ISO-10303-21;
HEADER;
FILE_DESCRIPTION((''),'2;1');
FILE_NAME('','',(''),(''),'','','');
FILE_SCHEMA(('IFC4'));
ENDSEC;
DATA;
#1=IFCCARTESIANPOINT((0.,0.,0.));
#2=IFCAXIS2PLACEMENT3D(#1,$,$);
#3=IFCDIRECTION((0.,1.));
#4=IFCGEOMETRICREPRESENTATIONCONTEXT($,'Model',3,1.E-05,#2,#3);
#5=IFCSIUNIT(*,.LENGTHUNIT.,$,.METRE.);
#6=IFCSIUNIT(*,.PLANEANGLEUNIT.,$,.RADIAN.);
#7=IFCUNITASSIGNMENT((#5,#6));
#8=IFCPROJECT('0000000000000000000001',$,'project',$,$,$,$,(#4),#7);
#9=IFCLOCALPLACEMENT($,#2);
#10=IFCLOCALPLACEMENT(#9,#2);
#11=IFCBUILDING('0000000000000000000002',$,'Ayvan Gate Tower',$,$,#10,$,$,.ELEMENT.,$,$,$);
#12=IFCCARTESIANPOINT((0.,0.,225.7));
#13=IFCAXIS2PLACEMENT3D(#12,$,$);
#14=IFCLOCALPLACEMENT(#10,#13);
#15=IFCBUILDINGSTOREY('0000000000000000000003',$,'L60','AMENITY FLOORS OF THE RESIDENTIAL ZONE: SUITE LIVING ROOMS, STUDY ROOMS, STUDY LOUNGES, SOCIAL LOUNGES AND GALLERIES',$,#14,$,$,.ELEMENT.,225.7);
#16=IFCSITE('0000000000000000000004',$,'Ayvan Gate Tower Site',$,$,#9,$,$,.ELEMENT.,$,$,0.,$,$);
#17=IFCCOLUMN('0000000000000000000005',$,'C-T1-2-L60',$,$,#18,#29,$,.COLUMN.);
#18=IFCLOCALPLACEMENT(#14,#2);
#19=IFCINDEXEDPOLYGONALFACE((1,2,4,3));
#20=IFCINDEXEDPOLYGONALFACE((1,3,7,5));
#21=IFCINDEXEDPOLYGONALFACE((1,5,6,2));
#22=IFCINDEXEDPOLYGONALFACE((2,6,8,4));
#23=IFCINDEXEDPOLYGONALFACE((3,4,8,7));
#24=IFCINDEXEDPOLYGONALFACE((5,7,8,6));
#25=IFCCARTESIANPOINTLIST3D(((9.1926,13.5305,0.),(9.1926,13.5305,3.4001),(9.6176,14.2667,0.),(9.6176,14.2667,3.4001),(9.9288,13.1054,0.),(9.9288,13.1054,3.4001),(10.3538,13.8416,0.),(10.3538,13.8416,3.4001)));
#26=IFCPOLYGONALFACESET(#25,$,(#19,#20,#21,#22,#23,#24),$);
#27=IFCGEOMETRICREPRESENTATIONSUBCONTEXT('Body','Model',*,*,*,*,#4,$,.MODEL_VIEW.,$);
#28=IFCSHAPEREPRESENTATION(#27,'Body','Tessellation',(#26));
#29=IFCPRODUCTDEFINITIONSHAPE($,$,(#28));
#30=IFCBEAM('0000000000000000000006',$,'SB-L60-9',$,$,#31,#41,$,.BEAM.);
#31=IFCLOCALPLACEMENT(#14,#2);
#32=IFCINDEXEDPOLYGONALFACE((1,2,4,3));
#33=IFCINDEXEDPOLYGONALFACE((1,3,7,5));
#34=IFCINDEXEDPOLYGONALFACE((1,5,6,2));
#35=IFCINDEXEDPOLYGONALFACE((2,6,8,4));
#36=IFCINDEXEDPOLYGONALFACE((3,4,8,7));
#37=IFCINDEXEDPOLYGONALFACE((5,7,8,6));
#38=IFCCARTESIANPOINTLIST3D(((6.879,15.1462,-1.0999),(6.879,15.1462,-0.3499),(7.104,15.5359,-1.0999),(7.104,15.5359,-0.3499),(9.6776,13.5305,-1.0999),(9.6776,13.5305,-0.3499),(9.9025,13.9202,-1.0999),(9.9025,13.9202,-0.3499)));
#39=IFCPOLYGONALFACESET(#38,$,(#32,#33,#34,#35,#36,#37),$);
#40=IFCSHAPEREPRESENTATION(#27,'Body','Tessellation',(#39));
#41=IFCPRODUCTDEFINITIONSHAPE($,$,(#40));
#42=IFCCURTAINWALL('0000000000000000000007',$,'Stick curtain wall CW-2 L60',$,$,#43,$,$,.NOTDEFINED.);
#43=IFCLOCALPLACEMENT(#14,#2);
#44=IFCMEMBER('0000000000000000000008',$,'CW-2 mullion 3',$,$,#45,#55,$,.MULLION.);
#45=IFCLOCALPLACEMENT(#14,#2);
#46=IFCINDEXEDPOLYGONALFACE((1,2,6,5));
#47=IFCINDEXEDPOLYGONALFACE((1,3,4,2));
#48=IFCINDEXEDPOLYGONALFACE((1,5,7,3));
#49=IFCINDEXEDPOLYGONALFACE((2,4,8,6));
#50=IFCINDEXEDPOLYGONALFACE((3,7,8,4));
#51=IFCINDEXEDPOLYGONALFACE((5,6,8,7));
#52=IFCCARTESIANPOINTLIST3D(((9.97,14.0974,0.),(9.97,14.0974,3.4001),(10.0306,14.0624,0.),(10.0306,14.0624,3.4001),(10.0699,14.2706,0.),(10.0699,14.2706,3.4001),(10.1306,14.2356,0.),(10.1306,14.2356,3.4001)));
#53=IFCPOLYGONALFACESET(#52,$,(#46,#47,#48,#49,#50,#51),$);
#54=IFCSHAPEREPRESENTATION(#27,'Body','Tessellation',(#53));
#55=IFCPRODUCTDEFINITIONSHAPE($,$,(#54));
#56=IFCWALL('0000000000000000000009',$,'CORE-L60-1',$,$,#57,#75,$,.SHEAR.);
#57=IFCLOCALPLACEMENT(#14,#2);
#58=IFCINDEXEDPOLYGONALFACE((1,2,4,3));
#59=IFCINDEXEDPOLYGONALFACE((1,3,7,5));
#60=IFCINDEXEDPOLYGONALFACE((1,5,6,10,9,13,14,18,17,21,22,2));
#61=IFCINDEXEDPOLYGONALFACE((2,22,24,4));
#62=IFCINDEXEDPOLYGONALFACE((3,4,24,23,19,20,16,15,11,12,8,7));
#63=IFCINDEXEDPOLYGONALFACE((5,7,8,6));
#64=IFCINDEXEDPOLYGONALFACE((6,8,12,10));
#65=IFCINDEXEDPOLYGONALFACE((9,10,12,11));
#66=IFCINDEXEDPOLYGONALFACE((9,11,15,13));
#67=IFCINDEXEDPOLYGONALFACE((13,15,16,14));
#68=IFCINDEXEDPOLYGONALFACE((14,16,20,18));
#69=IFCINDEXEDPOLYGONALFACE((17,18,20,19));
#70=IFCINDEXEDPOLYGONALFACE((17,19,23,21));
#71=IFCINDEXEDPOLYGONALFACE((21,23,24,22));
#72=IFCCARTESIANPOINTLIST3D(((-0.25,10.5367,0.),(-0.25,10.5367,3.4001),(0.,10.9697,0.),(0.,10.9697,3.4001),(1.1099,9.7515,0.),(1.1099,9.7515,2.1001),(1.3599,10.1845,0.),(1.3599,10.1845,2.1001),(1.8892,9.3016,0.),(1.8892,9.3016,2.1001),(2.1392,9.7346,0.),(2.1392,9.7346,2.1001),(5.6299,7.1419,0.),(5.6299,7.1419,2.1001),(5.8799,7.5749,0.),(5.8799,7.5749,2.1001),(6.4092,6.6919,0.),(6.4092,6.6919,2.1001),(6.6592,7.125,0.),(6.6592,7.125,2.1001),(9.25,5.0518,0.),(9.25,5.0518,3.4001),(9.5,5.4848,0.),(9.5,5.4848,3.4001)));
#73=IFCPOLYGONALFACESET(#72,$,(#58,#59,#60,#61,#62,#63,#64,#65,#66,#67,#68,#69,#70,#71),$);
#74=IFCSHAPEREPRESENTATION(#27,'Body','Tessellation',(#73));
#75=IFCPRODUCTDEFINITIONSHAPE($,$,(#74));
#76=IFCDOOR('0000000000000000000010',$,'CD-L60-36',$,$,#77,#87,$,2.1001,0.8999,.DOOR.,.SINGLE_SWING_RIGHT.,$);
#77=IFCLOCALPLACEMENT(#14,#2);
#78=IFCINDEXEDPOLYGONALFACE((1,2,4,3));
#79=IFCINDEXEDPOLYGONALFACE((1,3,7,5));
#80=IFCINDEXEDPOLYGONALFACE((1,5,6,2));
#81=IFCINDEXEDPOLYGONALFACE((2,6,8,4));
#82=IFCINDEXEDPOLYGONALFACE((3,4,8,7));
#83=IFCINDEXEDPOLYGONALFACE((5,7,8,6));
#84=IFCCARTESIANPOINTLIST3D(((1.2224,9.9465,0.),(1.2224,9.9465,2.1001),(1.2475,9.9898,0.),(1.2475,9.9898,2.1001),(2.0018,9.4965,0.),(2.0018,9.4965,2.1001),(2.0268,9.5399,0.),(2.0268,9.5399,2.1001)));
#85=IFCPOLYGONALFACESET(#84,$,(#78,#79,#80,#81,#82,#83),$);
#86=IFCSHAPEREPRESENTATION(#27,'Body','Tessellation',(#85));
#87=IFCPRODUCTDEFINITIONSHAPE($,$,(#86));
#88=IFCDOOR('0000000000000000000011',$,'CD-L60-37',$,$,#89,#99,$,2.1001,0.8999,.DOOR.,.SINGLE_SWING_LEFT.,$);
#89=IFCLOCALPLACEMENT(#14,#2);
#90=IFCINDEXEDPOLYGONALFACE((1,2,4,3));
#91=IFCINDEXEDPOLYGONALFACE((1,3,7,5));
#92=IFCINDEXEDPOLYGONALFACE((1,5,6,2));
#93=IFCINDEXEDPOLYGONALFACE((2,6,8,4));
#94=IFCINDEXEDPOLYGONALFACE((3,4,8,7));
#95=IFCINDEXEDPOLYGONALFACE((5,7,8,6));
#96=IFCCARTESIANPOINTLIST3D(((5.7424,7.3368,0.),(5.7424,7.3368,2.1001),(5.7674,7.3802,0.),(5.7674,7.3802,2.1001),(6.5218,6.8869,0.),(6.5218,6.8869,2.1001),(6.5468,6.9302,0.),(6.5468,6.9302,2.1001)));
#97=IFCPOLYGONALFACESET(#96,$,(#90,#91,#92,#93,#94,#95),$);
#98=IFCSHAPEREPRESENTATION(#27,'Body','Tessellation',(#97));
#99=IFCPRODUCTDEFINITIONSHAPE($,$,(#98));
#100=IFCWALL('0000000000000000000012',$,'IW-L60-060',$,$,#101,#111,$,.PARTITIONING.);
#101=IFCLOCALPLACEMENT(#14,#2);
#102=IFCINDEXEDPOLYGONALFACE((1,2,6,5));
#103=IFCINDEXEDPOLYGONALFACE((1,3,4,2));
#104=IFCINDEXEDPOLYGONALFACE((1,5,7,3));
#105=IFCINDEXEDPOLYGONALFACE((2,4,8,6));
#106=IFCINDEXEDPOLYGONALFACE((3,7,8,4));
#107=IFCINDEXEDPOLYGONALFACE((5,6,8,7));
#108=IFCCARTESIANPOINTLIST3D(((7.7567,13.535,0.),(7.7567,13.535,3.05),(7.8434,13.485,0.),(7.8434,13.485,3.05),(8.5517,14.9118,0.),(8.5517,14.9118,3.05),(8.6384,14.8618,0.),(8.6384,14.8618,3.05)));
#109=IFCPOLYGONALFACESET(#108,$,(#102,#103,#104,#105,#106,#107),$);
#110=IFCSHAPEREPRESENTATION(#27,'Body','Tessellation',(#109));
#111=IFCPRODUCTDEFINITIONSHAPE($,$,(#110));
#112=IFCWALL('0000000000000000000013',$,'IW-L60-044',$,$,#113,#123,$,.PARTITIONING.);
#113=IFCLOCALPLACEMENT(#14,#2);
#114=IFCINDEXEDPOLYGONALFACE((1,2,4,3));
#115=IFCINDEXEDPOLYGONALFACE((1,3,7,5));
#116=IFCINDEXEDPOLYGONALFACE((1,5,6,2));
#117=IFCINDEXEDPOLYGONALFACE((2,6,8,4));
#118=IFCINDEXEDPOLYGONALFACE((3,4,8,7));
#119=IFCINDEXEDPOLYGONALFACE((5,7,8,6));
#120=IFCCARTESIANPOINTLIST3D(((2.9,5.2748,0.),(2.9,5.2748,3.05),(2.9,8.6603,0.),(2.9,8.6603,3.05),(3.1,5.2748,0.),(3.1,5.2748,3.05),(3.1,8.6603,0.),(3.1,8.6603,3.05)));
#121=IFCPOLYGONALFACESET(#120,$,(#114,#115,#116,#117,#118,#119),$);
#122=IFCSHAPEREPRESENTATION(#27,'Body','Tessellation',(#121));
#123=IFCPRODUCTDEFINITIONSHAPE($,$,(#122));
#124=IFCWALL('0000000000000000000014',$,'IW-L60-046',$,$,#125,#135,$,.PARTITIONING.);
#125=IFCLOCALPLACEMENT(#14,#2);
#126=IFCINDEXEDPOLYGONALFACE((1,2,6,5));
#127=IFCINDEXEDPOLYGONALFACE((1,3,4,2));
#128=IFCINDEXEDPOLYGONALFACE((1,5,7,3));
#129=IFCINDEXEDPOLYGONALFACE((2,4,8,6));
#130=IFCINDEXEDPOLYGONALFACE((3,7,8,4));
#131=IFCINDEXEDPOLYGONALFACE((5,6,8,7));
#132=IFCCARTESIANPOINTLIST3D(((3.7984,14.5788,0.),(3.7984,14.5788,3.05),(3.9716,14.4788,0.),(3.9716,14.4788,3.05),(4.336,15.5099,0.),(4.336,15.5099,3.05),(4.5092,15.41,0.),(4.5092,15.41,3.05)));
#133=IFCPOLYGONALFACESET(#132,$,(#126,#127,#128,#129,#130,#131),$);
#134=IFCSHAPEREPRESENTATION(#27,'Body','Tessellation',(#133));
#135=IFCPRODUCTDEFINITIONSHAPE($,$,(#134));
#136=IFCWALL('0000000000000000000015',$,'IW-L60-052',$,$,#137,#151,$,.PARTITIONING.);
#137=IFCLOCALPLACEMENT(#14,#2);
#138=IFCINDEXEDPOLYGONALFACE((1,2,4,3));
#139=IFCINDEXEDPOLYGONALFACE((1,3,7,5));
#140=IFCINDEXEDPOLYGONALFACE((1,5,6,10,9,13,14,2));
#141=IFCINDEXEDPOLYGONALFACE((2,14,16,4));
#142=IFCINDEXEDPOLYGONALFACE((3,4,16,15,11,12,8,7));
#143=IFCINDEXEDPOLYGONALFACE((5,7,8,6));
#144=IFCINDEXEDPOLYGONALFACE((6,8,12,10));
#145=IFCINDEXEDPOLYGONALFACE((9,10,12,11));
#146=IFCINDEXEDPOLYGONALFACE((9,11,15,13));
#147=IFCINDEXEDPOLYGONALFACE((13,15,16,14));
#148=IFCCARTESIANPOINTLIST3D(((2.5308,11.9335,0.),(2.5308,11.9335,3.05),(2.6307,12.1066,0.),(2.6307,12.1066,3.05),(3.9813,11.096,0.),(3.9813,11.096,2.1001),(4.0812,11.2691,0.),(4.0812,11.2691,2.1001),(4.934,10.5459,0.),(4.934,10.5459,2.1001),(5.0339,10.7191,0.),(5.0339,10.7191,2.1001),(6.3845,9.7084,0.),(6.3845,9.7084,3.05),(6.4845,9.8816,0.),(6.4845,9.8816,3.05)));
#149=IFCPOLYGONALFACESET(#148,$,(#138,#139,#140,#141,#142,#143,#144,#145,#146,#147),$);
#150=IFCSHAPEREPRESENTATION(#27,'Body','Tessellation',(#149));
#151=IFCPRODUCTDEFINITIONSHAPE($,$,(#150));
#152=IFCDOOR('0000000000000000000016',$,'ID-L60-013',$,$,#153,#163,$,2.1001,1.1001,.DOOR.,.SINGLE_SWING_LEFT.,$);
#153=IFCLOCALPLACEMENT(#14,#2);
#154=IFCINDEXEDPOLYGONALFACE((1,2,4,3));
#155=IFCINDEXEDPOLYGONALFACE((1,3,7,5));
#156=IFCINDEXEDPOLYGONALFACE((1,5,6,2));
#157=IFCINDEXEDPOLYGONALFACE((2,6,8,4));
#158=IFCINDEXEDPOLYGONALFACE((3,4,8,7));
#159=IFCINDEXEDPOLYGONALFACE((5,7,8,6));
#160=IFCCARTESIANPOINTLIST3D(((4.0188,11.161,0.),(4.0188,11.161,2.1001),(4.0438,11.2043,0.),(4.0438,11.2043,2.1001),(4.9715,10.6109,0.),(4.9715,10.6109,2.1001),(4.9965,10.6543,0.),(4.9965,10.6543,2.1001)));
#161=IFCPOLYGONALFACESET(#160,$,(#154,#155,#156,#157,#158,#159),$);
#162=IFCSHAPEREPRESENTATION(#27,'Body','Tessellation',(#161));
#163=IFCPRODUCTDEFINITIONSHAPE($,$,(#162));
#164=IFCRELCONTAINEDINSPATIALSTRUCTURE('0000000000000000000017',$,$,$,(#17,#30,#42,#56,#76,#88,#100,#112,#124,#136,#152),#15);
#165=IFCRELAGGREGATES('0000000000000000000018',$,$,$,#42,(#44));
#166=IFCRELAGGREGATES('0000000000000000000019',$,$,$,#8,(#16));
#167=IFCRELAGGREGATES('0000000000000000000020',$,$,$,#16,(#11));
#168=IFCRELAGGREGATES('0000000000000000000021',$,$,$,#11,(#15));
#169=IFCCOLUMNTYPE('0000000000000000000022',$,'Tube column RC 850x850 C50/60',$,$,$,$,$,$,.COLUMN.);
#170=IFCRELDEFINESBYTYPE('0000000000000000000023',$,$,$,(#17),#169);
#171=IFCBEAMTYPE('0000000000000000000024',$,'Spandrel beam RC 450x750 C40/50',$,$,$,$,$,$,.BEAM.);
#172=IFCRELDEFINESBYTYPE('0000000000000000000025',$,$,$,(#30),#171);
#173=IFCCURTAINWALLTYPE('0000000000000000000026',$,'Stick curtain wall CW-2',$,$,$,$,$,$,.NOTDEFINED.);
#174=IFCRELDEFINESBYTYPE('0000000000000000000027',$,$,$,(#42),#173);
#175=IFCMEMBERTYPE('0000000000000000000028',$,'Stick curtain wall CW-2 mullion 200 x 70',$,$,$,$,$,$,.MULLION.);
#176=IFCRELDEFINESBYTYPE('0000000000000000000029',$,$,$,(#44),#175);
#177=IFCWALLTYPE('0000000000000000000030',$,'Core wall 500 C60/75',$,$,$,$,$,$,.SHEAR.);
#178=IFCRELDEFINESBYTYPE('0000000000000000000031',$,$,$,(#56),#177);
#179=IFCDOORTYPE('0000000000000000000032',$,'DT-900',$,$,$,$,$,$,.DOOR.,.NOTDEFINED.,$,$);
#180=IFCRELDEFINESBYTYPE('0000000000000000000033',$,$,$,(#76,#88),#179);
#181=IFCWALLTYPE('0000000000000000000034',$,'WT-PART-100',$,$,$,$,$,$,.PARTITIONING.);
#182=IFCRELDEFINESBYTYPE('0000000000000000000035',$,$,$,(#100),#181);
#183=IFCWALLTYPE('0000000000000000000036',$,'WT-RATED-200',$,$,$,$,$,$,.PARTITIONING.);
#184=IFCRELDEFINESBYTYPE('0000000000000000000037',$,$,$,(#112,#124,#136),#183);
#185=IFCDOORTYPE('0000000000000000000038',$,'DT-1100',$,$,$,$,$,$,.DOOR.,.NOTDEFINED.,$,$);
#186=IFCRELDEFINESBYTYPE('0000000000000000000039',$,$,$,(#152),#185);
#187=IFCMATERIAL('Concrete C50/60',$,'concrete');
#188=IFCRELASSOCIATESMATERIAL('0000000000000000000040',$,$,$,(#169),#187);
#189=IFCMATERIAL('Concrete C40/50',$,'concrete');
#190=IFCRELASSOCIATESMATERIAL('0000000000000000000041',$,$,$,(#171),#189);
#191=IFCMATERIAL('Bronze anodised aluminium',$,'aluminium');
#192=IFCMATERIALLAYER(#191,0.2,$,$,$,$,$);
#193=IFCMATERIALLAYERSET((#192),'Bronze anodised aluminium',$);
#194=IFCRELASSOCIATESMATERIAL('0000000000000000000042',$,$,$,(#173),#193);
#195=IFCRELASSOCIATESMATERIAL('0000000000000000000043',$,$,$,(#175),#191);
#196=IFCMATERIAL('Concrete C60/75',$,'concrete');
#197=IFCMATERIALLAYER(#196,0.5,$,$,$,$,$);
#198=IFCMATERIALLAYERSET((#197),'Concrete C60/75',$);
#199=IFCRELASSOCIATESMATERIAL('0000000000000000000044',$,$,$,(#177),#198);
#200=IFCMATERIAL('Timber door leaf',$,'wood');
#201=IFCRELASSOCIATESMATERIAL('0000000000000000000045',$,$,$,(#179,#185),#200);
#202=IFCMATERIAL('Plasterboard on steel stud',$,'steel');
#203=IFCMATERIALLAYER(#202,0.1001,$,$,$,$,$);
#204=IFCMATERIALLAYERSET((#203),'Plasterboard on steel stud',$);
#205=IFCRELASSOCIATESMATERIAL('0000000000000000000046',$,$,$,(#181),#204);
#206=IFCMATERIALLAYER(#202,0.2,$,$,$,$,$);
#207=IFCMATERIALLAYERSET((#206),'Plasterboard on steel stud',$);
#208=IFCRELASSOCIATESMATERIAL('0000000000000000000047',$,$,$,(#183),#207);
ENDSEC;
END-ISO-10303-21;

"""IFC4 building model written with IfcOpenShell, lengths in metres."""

from ifc_helpers import new_model, si_unit, direction, frame, frame_2d, origin, origin_2d, place, context, subcontext, project, spatial, rectangle, extrude, material, layer, layer_set, material_profile, profile_set, type_object, element, fill, aggregate, save


model = new_model("IFC4")

# Units and contexts
model_context = context("Model", 3, precision=1e-05, world=origin(), true_north=direction((0.0, 1.0)))
body_context = subcontext(model_context, "Body", "Model", "MODEL_VIEW")
ifc_project = project(units=[si_unit("LENGTHUNIT", "METRE"), si_unit("PLANEANGLEUNIT", "RADIAN")], contexts=[model_context])

# Site, building, storey
site_placement = place(None, origin())
site = spatial("IfcSite", under=ifc_project, at=site_placement, Name="Ayvan Gate Tower Site", CompositionType="ELEMENT", RefElevation=0.0)
building_placement = place(site_placement, origin())
building = spatial("IfcBuilding", under=site, at=building_placement, Name="Ayvan Gate Tower", CompositionType="ELEMENT")
storey_placement = place(building_placement, frame((0.0, 0.0, 225.7)))
storey = spatial("IfcBuildingStorey", under=building, at=storey_placement, Name="L60", Description="AMENITY FLOORS OF THE RESIDENTIAL ZONE: SUITE LIVING ROOMS, STUDY ROOMS, STUDY LOUNGES, SOCIAL LOUNGES AND GALLERIES", CompositionType="ELEMENT", Elevation=225.7)

# Column
ifc_material_1 = material(Name="Concrete C50/60", Category="concrete")
ifc_material_profile_1 = material_profile(ifc_material_1, rectangle(XDim=0.8501, YDim=0.8501, at=origin_2d()), Name="RC 850x850")
ifc_profile_set_1 = profile_set([ifc_material_profile_1], Name="Concrete C50/60")
column_type = type_object("IfcColumnType", Name="Tube column RC 850x850 C50/60", PredefinedType="COLUMN", material=ifc_profile_set_1)
column_placement = place(storey_placement, frame((9.7732, 13.686, 0.0), z_axis=(0.0, 0.0, 1.0), x_axis=(0.5, 0.866025, 0.0)))
element("IfcColumn", 1, at=column_placement, inside=storey, type_object=column_type, Name="C-T1-2-L60", PredefinedType="COLUMN", context=body_context, shape_type="SweptSolid", body=[
    extrude(rectangle(XDim=0.8501, YDim=0.8501, at=origin_2d()), origin(), (0.0, 0.0, 1.0), 3.4001),
])

# Beam
ifc_material_2 = material(Name="Concrete C40/50", Category="concrete")
ifc_material_profile_2 = material_profile(ifc_material_2, rectangle(XDim=0.45, YDim=0.75, at=origin_2d()), Name="RC 450x750")
ifc_profile_set_2 = profile_set([ifc_material_profile_2], Name="Concrete C40/50")
beam_type = type_object("IfcBeamType", Name="Spandrel beam RC 450x750 C40/50", PredefinedType="BEAM", material=ifc_profile_set_2)
beam_placement = place(storey_placement, frame((9.79, 13.7253, -0.7249), z_axis=(-0.866031, 0.499991, 0.0), x_axis=(-0.499991, -0.866031, 0.0)))
element("IfcBeam", 2, at=beam_placement, inside=storey, type_object=beam_type, Name="SB-L60-9", PredefinedType="BEAM", context=body_context, shape_type="SweptSolid", body=[
    extrude(rectangle(XDim=0.45, YDim=0.75, at=origin_2d()), origin(), (0.0, 0.0, 1.0), 3.2314),
])

# Curtain wall, member
ifc_material_3 = material(Name="Bronze anodised aluminium", Category="aluminium")
ifc_layer_1 = layer(ifc_material_3, 0.2)
ifc_layer_set_1 = layer_set([ifc_layer_1], Name="Bronze anodised aluminium")
curtain_wall_type = type_object("IfcCurtainWallType", Name="Stick curtain wall CW-2", PredefinedType="NOTDEFINED", material=ifc_layer_set_1)
curtain_wall_placement = place(storey_placement, origin())
curtain_wall = element("IfcCurtainWall", 3, at=curtain_wall_placement, inside=storey, type_object=curtain_wall_type, Name="Stick curtain wall CW-2 L60", PredefinedType="NOTDEFINED")
ifc_material_profile_3 = material_profile(ifc_material_3, rectangle(XDim=0.2, YDim=0.0701, at=origin_2d()), Name="Stick curtain wall CW-2 mullion 200 x 70")
ifc_profile_set_3 = profile_set([ifc_material_profile_3], Name="Bronze anodised aluminium")
member_type = type_object("IfcMemberType", Name="Stick curtain wall CW-2 mullion 200 x 70", PredefinedType="MULLION", material=ifc_profile_set_3)
member_placement = place(storey_placement, frame((10.0503, 14.1665, 0.0), z_axis=(0.0, 0.0, 1.0), x_axis=(0.5, 0.866025, 0.0)))
member = element("IfcMember", 4, at=member_placement, type_object=member_type, Name="CW-2 mullion 3", PredefinedType="MULLION", context=body_context, shape_type="SweptSolid", body=[
    extrude(rectangle(XDim=0.2, YDim=0.0701, at=origin_2d()), origin(), (0.0, 0.0, 1.0), 3.4001),
])
aggregate(curtain_wall, [member])

# Wall, openings, doors
ifc_material_4 = material(Name="Concrete C60/75", Category="concrete")
ifc_layer_2 = layer(ifc_material_4, 0.5)
ifc_layer_set_2 = layer_set([ifc_layer_2], Name="Concrete C60/75")
wall_type_1 = type_object("IfcWallType", Name="Core wall 500 C60/75", PredefinedType="SHEAR", material=ifc_layer_set_2)
wall_1_placement = place(storey_placement, frame((9.375, 5.2683, 0.0), z_axis=(0.0, 0.0, 1.0), x_axis=(-0.866024, 0.500002, 0.0)))
wall_1 = element("IfcWall", 5, at=wall_1_placement, inside=storey, type_object=wall_type_1, Name="CORE-L60-1", PredefinedType="SHEAR", context=body_context, shape_type="SweptSolid", body=[
    extrude(rectangle(XDim=10.9697, YDim=0.5, at=frame_2d((5.4849, 0.0))), origin(), (0.0, 0.0, 1.0), 3.4001),
])
opening_1_placement = place(wall_1_placement, frame((8.4995, 0.0, 0.0)))
opening_1 = element("IfcOpeningElement", 6, at=opening_1_placement, cuts=wall_1, PredefinedType="OPENING", context=body_context, shape_type="SweptSolid", body=[
    extrude(rectangle(XDim=0.8999, YDim=2.1001, at=frame_2d((0.45, 1.05))), frame((0.0, 0.26, 0.0), z_axis=(0.0, -1.0, 0.0), x_axis=(1.0, 0.0, 0.0)), (0.0, 0.0, 1.0), 0.52),
])
opening_2_placement = place(wall_1_placement, frame((3.2803, 0.0, 0.0)))
opening_2 = element("IfcOpeningElement", 7, at=opening_2_placement, cuts=wall_1, PredefinedType="OPENING", context=body_context, shape_type="SweptSolid", body=[
    extrude(rectangle(XDim=0.8999, YDim=2.1001, at=frame_2d((0.45, 1.05))), frame((0.0, 0.26, 0.0), z_axis=(0.0, -1.0, 0.0), x_axis=(1.0, 0.0, 0.0)), (0.0, 0.0, 1.0), 0.52),
])
ifc_material_5 = material(Name="Timber door leaf", Category="wood")
door_type_1 = type_object("IfcDoorType", Name="DT-900", OperationType="NOTDEFINED", PredefinedType="DOOR", material=ifc_material_5)
door_1_placement = place(opening_1_placement, origin())
door_1 = element("IfcDoor", 8, at=door_1_placement, inside=storey, type_object=door_type_1, Name="CD-L60-36", OperationType="SINGLE_SWING_RIGHT", OverallHeight=2.1001, OverallWidth=0.8999, PredefinedType="DOOR", context=body_context, shape_type="SweptSolid", body=[
    extrude(rectangle(XDim=0.8999, YDim=2.1001, at=frame_2d((0.45, 1.05))), frame((0.0, 0.0249, 0.0), z_axis=(0.0, -1.0, 0.0), x_axis=(1.0, 0.0, 0.0)), (0.0, 0.0, 1.0), 0.05),
])
fill(opening_1, door_1)
door_2_placement = place(opening_2_placement, origin())
door_2 = element("IfcDoor", 9, at=door_2_placement, inside=storey, type_object=door_type_1, Name="CD-L60-37", OperationType="SINGLE_SWING_LEFT", OverallHeight=2.1001, OverallWidth=0.8999, PredefinedType="DOOR", context=body_context, shape_type="SweptSolid", body=[
    extrude(rectangle(XDim=0.8999, YDim=2.1001, at=frame_2d((0.45, 1.05))), frame((0.0, 0.0249, 0.0), z_axis=(0.0, -1.0, 0.0), x_axis=(1.0, 0.0, 0.0)), (0.0, 0.0, 1.0), 0.05),
])
fill(opening_2, door_2)

# Walls
ifc_material_6 = material(Name="Plasterboard on steel stud", Category="steel")
ifc_layer_3 = layer(ifc_material_6, 0.1001)
ifc_layer_set_3 = layer_set([ifc_layer_3], Name="Plasterboard on steel stud")
wall_type_2 = type_object("IfcWallType", Name="WT-PART-100", PredefinedType="PARTITIONING", material=ifc_layer_set_3)
wall_2_placement = place(storey_placement, frame((7.8, 13.51, 0.0), z_axis=(0.0, 0.0, 1.0), x_axis=(0.500037, 0.866004, 0.0)))
element("IfcWall", 10, at=wall_2_placement, inside=storey, type_object=wall_type_2, Name="IW-L60-060", PredefinedType="PARTITIONING", context=body_context, shape_type="SweptSolid", body=[
    extrude(rectangle(XDim=1.5898, YDim=0.1001, at=frame_2d((0.7949, 0.0))), origin(), (0.0, 0.0, 1.0), 3.05),
])
ifc_layer_4 = layer(ifc_material_6, 0.2)
ifc_layer_set_4 = layer_set([ifc_layer_4], Name="Plasterboard on steel stud")
wall_type_3 = type_object("IfcWallType", Name="WT-RATED-200", PredefinedType="PARTITIONING", material=ifc_layer_set_4)
wall_3_placement = place(storey_placement, frame((3.0, 8.6604, 0.0), z_axis=(0.0, 0.0, 1.0), x_axis=(0.0, -1.0, 0.0)))
element("IfcWall", 11, at=wall_3_placement, inside=storey, type_object=wall_type_3, Name="IW-L60-044", PredefinedType="PARTITIONING", context=body_context, shape_type="SweptSolid", body=[
    extrude(rectangle(XDim=3.3855, YDim=0.2, at=frame_2d((1.6929, 0.0))), origin(), (0.0, 0.0, 1.0), 3.05),
])
wall_4_placement = place(storey_placement, frame((3.885, 14.5288, 0.0), z_axis=(0.0, 0.0, 1.0), x_axis=(0.499998, 0.866027, 0.0)))
element("IfcWall", 12, at=wall_4_placement, inside=storey, type_object=wall_type_3, Name="IW-L60-046", PredefinedType="PARTITIONING", context=body_context, shape_type="SweptSolid", body=[
    extrude(rectangle(XDim=1.0752, YDim=0.2, at=frame_2d((0.5376, 0.0))), origin(), (0.0, 0.0, 1.0), 3.05),
])

# Wall, opening, door
wall_5_placement = place(storey_placement, frame((6.4346, 9.7949, 0.0), z_axis=(0.0, 0.0, 1.0), x_axis=(-0.866013, 0.500022, 0.0)))
wall_5 = element("IfcWall", 13, at=wall_5_placement, inside=storey, type_object=wall_type_3, Name="IW-L60-052", PredefinedType="PARTITIONING", context=body_context, shape_type="SweptSolid", body=[
    extrude(rectangle(XDim=4.45, YDim=0.2, at=frame_2d((2.2251, 0.0))), origin(), (0.0, 0.0, 1.0), 3.05),
])
opening_3_placement = place(wall_5_placement, frame((1.675, 0.0, 0.0)))
opening_3 = element("IfcOpeningElement", 14, at=opening_3_placement, cuts=wall_5, PredefinedType="OPENING", context=body_context, shape_type="SweptSolid", body=[
    extrude(rectangle(XDim=1.1001, YDim=2.1001, at=frame_2d((0.55, 1.05))), frame((0.0, 0.1099, 0.0), z_axis=(0.0, -1.0, 0.0), x_axis=(1.0, 0.0, 0.0)), (0.0, 0.0, 1.0), 0.22),
])
door_type_2 = type_object("IfcDoorType", Name="DT-1100", OperationType="NOTDEFINED", PredefinedType="DOOR", material=ifc_material_5)
door_3_placement = place(opening_3_placement, origin())
door_3 = element("IfcDoor", 15, at=door_3_placement, inside=storey, type_object=door_type_2, Name="ID-L60-013", OperationType="SINGLE_SWING_LEFT", OverallHeight=2.1001, OverallWidth=1.1001, PredefinedType="DOOR", context=body_context, shape_type="SweptSolid", body=[
    extrude(rectangle(XDim=1.1001, YDim=2.1001, at=frame_2d((0.55, 1.05))), frame((0.0, 0.0249, 0.0), z_axis=(0.0, -1.0, 0.0), x_axis=(1.0, 0.0, 0.0)), (0.0, 0.0, 1.0), 0.05),
])
fill(opening_3, door_3)

save(model, "model.ifc")
